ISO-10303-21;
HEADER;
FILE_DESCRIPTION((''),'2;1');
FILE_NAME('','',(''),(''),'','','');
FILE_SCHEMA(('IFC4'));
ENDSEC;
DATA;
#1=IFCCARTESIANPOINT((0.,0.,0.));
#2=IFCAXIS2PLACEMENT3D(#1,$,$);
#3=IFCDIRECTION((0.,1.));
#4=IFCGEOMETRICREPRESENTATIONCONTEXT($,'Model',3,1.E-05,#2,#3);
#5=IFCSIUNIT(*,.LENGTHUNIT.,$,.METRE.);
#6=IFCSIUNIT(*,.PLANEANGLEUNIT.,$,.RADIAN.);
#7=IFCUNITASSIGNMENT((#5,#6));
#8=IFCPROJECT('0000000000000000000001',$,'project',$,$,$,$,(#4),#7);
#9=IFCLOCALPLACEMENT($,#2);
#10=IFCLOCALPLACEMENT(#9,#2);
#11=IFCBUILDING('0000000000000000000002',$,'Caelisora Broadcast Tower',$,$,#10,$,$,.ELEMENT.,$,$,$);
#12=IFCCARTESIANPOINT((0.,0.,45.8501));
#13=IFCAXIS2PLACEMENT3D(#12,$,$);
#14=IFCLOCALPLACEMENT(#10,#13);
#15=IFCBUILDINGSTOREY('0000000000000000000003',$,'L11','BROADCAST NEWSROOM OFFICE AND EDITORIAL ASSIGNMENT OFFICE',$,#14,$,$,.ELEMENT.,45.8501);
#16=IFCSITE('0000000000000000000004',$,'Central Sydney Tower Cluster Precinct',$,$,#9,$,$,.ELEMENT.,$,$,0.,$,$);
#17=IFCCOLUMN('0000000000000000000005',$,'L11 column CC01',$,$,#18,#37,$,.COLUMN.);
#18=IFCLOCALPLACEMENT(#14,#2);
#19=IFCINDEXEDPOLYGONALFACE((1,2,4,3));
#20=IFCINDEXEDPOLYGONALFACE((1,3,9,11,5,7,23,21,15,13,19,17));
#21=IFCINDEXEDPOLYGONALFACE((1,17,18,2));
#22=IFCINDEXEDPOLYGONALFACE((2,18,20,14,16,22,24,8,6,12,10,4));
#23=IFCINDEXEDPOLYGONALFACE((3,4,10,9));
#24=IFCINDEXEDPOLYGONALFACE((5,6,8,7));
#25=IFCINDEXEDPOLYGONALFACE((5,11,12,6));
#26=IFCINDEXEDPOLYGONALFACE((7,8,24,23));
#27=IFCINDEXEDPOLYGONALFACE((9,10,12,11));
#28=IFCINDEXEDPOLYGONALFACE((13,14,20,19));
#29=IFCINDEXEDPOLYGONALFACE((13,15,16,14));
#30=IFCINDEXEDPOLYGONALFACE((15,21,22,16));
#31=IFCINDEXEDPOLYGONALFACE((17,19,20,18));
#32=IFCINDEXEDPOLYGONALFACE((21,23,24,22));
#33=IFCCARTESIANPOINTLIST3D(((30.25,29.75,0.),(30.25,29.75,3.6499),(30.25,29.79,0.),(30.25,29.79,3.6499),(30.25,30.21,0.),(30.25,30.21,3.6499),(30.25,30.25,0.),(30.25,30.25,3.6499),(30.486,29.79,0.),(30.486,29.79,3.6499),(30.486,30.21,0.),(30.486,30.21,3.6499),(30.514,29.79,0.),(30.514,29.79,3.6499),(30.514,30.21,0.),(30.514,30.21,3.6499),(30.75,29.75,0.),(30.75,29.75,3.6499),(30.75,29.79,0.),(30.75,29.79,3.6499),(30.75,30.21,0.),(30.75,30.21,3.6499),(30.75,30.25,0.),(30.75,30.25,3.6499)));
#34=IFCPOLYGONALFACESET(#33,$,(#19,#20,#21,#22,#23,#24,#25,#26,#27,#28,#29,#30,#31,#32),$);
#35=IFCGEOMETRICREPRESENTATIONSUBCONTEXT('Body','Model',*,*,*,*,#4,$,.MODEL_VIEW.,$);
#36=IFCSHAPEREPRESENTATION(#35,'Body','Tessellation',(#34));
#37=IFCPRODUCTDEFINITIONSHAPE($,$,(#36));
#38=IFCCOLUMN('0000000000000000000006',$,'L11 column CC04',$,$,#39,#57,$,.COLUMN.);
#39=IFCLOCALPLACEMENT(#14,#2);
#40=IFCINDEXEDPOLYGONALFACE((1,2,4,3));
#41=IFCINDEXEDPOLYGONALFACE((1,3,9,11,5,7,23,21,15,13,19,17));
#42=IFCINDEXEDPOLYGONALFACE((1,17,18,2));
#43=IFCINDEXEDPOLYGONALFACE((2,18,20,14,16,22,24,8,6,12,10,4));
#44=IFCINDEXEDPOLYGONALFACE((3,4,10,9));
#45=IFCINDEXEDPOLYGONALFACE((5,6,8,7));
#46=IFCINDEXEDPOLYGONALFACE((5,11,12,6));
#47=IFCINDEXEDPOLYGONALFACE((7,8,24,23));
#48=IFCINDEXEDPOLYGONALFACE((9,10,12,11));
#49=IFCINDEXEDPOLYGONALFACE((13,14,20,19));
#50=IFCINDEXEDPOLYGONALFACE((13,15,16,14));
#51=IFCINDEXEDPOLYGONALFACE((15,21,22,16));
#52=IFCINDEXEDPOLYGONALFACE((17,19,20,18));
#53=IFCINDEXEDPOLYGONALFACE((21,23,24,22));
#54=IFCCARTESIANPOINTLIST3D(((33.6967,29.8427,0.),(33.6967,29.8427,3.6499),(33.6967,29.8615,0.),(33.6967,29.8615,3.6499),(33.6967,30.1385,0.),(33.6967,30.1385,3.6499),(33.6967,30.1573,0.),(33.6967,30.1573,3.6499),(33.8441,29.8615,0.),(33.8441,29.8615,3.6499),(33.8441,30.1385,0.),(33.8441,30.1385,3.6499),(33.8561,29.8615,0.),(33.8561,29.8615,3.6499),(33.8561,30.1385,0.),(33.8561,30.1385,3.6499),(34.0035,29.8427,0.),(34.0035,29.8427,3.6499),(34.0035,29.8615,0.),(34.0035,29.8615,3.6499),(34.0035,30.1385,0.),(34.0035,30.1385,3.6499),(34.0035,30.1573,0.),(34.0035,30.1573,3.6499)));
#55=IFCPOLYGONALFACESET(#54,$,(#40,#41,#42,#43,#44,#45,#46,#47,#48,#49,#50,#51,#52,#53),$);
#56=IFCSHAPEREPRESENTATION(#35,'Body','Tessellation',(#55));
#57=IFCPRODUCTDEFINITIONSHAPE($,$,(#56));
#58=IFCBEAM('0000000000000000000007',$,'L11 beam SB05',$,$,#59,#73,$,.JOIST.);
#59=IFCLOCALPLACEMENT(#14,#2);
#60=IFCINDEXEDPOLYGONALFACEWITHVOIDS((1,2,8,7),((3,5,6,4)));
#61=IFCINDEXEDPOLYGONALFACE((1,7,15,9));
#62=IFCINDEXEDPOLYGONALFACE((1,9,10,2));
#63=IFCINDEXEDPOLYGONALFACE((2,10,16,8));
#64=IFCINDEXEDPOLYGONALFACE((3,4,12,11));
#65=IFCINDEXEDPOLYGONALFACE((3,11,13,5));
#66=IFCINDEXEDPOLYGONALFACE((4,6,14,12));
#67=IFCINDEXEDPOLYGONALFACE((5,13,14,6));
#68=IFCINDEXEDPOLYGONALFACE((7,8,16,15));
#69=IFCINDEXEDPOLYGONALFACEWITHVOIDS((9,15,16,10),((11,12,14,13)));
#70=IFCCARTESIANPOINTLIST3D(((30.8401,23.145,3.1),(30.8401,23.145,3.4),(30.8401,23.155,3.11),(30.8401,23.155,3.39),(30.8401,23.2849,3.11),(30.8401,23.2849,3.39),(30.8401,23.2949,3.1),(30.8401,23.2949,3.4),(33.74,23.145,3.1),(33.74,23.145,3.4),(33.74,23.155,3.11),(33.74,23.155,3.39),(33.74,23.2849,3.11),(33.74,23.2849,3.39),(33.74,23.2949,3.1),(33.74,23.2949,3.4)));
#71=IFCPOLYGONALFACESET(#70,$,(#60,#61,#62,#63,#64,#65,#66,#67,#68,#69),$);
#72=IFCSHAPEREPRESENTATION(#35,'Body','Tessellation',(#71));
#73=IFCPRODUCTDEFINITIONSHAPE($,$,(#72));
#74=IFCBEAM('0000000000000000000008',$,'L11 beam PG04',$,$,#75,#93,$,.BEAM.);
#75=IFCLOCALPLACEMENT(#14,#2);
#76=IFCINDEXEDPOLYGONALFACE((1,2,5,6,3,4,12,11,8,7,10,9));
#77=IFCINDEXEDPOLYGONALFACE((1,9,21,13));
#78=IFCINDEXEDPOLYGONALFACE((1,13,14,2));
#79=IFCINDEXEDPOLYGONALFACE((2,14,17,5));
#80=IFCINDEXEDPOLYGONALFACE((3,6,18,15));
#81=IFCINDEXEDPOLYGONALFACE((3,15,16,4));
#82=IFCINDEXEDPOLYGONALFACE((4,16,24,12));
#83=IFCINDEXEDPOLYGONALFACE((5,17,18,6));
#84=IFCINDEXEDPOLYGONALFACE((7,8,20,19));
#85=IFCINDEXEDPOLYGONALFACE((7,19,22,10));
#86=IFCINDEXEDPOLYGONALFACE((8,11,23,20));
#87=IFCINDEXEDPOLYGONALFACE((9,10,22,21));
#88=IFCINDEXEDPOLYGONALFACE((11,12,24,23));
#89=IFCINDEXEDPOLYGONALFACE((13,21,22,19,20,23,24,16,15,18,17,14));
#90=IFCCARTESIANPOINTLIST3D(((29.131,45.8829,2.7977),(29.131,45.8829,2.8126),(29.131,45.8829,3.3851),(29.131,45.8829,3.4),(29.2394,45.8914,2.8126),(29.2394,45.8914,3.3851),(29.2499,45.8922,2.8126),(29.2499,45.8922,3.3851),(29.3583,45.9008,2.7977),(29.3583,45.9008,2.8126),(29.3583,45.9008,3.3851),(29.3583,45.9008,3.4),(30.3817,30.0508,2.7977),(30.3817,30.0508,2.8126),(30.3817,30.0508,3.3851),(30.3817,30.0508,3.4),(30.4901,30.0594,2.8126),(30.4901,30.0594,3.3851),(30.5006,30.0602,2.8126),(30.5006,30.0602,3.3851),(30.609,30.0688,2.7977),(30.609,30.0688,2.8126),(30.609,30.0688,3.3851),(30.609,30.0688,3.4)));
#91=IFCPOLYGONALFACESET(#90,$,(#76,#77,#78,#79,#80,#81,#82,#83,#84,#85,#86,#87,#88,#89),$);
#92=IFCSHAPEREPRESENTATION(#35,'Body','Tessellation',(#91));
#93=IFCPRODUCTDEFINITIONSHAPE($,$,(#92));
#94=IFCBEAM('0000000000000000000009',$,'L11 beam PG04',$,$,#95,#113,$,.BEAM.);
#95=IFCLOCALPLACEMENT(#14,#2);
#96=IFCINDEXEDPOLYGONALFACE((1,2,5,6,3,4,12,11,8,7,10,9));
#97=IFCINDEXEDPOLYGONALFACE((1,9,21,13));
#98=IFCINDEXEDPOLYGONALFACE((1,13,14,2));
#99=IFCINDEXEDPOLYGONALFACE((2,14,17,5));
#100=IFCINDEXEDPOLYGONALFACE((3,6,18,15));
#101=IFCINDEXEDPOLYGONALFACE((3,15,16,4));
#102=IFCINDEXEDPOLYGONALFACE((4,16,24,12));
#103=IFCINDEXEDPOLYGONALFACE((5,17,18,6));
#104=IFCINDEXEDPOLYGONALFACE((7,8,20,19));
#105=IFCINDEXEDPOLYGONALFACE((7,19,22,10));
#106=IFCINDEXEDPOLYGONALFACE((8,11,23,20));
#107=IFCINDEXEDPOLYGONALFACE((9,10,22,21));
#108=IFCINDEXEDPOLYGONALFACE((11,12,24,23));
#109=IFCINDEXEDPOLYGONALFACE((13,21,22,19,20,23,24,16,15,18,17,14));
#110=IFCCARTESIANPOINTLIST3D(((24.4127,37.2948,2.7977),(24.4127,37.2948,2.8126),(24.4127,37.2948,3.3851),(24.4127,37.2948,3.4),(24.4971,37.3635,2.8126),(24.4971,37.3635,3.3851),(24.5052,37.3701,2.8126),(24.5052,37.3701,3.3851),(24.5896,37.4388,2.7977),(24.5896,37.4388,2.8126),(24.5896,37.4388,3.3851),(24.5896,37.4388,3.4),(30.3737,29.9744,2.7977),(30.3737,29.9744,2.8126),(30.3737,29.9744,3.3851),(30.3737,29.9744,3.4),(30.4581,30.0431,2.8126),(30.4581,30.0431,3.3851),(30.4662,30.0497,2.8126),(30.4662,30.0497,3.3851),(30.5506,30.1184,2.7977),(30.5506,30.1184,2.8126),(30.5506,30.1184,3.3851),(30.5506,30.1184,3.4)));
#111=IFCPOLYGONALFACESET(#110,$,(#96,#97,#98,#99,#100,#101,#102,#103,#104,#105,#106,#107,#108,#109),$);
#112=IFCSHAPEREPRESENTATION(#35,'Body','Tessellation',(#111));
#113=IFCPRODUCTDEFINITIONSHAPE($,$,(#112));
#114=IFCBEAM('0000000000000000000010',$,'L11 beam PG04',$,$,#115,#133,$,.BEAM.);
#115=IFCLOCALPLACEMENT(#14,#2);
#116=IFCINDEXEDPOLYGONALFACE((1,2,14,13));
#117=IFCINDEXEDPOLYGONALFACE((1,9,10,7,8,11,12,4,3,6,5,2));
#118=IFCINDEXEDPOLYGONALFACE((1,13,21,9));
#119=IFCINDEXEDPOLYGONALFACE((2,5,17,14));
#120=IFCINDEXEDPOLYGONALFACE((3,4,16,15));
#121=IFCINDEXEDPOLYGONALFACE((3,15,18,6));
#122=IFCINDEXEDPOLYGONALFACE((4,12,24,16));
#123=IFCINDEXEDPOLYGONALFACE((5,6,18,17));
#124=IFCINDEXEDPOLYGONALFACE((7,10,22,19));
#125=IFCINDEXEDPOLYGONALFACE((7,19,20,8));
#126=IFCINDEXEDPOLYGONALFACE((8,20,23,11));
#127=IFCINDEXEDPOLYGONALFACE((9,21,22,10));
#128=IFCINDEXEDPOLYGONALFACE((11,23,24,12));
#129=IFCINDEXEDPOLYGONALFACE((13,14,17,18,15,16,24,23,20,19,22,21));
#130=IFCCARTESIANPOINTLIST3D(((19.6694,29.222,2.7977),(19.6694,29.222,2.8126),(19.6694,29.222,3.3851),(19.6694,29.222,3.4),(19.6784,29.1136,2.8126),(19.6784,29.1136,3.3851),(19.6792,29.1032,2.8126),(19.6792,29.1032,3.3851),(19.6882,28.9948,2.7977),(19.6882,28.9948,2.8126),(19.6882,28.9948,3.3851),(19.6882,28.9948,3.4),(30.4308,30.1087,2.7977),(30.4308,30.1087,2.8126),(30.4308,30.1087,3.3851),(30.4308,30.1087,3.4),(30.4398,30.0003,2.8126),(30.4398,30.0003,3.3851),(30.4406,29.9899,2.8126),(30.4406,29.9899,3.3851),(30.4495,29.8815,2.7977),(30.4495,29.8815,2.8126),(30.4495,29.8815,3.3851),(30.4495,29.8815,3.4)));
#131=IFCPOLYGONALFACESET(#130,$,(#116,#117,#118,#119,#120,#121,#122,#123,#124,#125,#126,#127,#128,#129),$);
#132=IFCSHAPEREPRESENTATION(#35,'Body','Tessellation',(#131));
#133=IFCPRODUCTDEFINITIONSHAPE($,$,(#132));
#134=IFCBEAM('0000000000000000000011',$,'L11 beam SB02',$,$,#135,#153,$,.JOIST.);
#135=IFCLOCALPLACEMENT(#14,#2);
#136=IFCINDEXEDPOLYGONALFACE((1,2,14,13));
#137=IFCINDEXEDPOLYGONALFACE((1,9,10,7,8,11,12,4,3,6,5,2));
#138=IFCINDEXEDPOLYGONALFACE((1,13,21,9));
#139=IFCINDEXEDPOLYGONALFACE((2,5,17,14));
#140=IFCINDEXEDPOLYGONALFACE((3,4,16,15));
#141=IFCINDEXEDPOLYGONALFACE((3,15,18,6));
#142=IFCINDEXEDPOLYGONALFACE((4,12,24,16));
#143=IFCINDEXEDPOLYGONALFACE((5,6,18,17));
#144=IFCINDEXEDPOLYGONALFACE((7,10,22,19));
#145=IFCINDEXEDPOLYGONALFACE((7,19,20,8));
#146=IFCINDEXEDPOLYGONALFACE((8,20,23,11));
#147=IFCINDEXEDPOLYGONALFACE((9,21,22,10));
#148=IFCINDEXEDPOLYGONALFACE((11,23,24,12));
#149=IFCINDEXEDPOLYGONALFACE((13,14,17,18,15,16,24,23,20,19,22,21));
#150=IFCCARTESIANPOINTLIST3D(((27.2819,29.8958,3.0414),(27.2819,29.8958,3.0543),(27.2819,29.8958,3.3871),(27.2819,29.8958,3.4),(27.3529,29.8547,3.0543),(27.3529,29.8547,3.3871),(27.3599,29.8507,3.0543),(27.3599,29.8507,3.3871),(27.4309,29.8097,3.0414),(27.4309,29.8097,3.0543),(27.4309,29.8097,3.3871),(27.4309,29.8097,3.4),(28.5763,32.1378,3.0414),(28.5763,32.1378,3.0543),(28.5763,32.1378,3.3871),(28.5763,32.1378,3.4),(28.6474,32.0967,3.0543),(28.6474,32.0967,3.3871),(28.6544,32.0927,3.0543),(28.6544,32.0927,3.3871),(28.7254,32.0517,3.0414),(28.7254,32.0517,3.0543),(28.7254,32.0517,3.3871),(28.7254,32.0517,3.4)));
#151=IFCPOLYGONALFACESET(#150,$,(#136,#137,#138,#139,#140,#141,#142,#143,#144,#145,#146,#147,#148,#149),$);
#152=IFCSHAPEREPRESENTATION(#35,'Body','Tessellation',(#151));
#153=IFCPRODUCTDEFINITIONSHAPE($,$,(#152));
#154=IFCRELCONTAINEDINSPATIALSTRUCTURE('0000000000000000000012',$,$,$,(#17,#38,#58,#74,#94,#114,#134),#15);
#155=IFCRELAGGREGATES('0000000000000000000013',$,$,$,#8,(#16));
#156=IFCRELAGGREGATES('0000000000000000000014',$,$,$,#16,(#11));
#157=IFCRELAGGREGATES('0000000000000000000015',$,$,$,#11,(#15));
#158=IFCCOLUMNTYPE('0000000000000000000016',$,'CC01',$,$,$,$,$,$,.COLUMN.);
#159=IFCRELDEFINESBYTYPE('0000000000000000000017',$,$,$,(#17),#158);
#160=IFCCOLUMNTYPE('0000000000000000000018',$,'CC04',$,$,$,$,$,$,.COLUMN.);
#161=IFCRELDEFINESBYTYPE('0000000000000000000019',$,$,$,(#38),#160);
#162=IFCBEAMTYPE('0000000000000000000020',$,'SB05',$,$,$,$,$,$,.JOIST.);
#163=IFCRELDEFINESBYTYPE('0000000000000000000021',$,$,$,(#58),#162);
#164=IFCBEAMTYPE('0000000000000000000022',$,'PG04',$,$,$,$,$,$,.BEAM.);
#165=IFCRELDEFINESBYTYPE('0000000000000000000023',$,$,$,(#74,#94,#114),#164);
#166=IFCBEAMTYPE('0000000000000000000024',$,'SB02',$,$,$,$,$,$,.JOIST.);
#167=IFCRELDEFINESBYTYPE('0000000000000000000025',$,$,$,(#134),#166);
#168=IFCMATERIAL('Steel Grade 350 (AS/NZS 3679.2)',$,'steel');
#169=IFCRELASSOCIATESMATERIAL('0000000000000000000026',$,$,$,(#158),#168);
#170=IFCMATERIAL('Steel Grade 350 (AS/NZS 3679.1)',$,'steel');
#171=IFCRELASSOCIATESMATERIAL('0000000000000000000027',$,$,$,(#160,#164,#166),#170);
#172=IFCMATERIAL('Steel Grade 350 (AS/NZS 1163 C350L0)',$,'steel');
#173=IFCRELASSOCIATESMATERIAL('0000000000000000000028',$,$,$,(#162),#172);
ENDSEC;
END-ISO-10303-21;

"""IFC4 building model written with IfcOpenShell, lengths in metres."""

from ifc_helpers import new_model, si_unit, direction, frame, origin, origin_2d, place, context, subcontext, project, spatial, hollow_rectangle, i_section, extrude, source, transform, mapped, material, material_profile, profile_set, type_object, type_shapes, element, save


model = new_model("IFC4")

# Units and contexts
model_context = context("Model", 3, precision=1e-05, world=origin(), true_north=direction((0.0, 1.0)))
body_context = subcontext(model_context, "Body", "Model", "MODEL_VIEW")
ifc_project = project(units=[si_unit("LENGTHUNIT", "METRE"), si_unit("PLANEANGLEUNIT", "RADIAN")], contexts=[model_context])

# Site, building, storey
site_placement = place(None, origin())
site = spatial("IfcSite", under=ifc_project, at=site_placement, Name="Central Sydney Tower Cluster Precinct", CompositionType="ELEMENT", RefElevation=0.0)
building_placement = place(site_placement, origin())
building = spatial("IfcBuilding", under=site, at=building_placement, Name="Caelisora Broadcast Tower", CompositionType="ELEMENT")
storey_placement = place(building_placement, frame((0.0, 0.0, 45.8501)))
storey = spatial("IfcBuildingStorey", under=building, at=storey_placement, Name="L11", Description="BROADCAST NEWSROOM OFFICE AND EDITORIAL ASSIGNMENT OFFICE", CompositionType="ELEMENT", Elevation=45.8501)

# Columns
ifc_material_1 = material(Name="Steel Grade 350 (AS/NZS 3679.2)", Category="steel")
ifc_material_profile_1 = material_profile(ifc_material_1, i_section(OverallWidth=0.5, OverallDepth=0.5, WebThickness=0.0281, FlangeThickness=0.04, at=origin_2d()), Name="Steel Grade 350 (AS/NZS 3679.2)")
ifc_profile_set_1 = profile_set([ifc_material_profile_1], Name="Steel Grade 350 (AS/NZS 3679.2)")
column_type_1 = type_object("IfcColumnType", Name="CC01", PredefinedType="COLUMN", material=ifc_profile_set_1)
shared_shape_1 = source(origin(), body_context, "Body", "SweptSolid", [
    extrude(i_section(OverallWidth=0.5, OverallDepth=0.5, WebThickness=0.0281, FlangeThickness=0.04, at=origin_2d()), origin(), (0.0, 0.0, 1.0), 3.6499),
])
type_shapes(column_type_1, [shared_shape_1])
column_1_placement = place(storey_placement, frame((30.5, 30.0, 0.0), z_axis=(0.0, 0.0, 1.0), x_axis=(1.0, 0.0, 0.0)))
element("IfcColumn", 1, at=column_1_placement, inside=storey, type_object=column_type_1, Name="L11 column CC01", PredefinedType="COLUMN", context=body_context, shape_type="MappedRepresentation", body=[
    mapped(shared_shape_1, transform((0.0, 0.0, 0.0), scale=1.0)),
])
ifc_material_2 = material(Name="Steel Grade 350 (AS/NZS 3679.1)", Category="steel")
ifc_material_profile_2 = material_profile(ifc_material_2, i_section(OverallWidth=0.3069, OverallDepth=0.3147, WebThickness=0.012, FlangeThickness=0.0188, at=origin_2d()), Name="Steel Grade 350 (AS/NZS 3679.1)")
ifc_profile_set_2 = profile_set([ifc_material_profile_2], Name="Steel Grade 350 (AS/NZS 3679.1)")
column_type_2 = type_object("IfcColumnType", Name="CC04", PredefinedType="COLUMN", material=ifc_profile_set_2)
shared_shape_2 = source(origin(), body_context, "Body", "SweptSolid", [
    extrude(i_section(OverallWidth=0.3069, OverallDepth=0.3147, WebThickness=0.012, FlangeThickness=0.0188, at=origin_2d()), origin(), (0.0, 0.0, 1.0), 3.6499),
])
type_shapes(column_type_2, [shared_shape_2])
column_2_placement = place(storey_placement, frame((33.8501, 30.0, 0.0), z_axis=(0.0, 0.0, 1.0), x_axis=(1.0, 0.0, 0.0)))
element("IfcColumn", 2, at=column_2_placement, inside=storey, type_object=column_type_2, Name="L11 column CC04", PredefinedType="COLUMN", context=body_context, shape_type="MappedRepresentation", body=[
    mapped(shared_shape_2, transform((0.0, 0.0, 0.0), scale=1.0)),
])

# Beams
ifc_material_3 = material(Name="Steel Grade 350 (AS/NZS 1163 C350L0)", Category="steel")
ifc_material_profile_3 = material_profile(ifc_material_3, hollow_rectangle(XDim=0.1499, YDim=0.3, WallThickness=0.01, at=origin_2d()), Name="Steel Grade 350 (AS/NZS 1163 C350L0)")
ifc_profile_set_3 = profile_set([ifc_material_profile_3], Name="Steel Grade 350 (AS/NZS 1163 C350L0)")
beam_type_1 = type_object("IfcBeamType", Name="SB05", PredefinedType="JOIST", material=ifc_profile_set_3)
shared_shape_3 = source(origin(), body_context, "Body", "SweptSolid", [
    extrude(hollow_rectangle(XDim=0.1499, YDim=0.3, WallThickness=0.01, at=origin_2d()), origin(), (0.0, 0.0, 1.0), 2.8999),
])
type_shapes(beam_type_1, [shared_shape_3])
beam_1_placement = place(storey_placement, frame((30.8401, 23.22, 3.25), z_axis=(1.0, 0.0, 0.0), x_axis=(0.0, 1.0, 0.0)))
element("IfcBeam", 3, at=beam_1_placement, inside=storey, type_object=beam_type_1, Name="L11 beam SB05", PredefinedType="JOIST", context=body_context, shape_type="MappedRepresentation", body=[
    mapped(shared_shape_3, transform((0.0, 0.0, 0.0), scale=1.0)),
])
ifc_material_profile_4 = material_profile(ifc_material_2, i_section(OverallWidth=0.228, OverallDepth=0.6023, WebThickness=0.0105, FlangeThickness=0.0149, at=origin_2d()), Name="Steel Grade 350 (AS/NZS 3679.1)")
ifc_profile_set_4 = profile_set([ifc_material_profile_4], Name="Steel Grade 350 (AS/NZS 3679.1)")
beam_type_2 = type_object("IfcBeamType", Name="PG04", PredefinedType="BEAM", material=ifc_profile_set_4)
shared_shape_4 = source(origin(), body_context, "Body", "SweptSolid", [
    extrude(i_section(OverallWidth=0.228, OverallDepth=0.6023, WebThickness=0.0105, FlangeThickness=0.0149, at=origin_2d()), origin(), (0.0, 0.0, 1.0), 15.8813),
])
beam_2_placement = place(storey_placement, frame((30.4954, 30.0598, 3.0989), z_axis=(-0.078755, 0.996894, 0.0), x_axis=(-0.996894, -0.078755, 0.0)))
element("IfcBeam", 4, at=beam_2_placement, inside=storey, type_object=beam_type_2, Name="L11 beam PG04", PredefinedType="BEAM", context=body_context, shape_type="MappedRepresentation", body=[
    mapped(shared_shape_4, transform((0.0, 0.0, 0.0), scale=1.0)),
])
shared_shape_5 = source(origin(), body_context, "Body", "SweptSolid", [
    extrude(i_section(OverallWidth=0.228, OverallDepth=0.6023, WebThickness=0.0105, FlangeThickness=0.0149, at=origin_2d()), origin(), (0.0, 0.0, 1.0), 9.4404),
])
beam_3_placement = place(storey_placement, frame((30.4622, 30.0464, 3.0989), z_axis=(-0.631433, 0.77543, 0.0), x_axis=(-0.77543, -0.631433, 0.0)))
element("IfcBeam", 5, at=beam_3_placement, inside=storey, type_object=beam_type_2, Name="L11 beam PG04", PredefinedType="BEAM", context=body_context, shape_type="MappedRepresentation", body=[
    mapped(shared_shape_5, transform((0.0, 0.0, 0.0), scale=1.0)),
])
shared_shape_6 = source(origin(), body_context, "Body", "SweptSolid", [
    extrude(i_section(OverallWidth=0.228, OverallDepth=0.6023, WebThickness=0.0105, FlangeThickness=0.0149, at=origin_2d()), origin(), (0.0, 0.0, 1.0), 10.7979),
])
type_shapes(beam_type_2, [shared_shape_4, shared_shape_5, shared_shape_6])
beam_4_placement = place(storey_placement, frame((30.4402, 29.9951, 3.0989), z_axis=(-0.996623, -0.082119, 0.0), x_axis=(0.082119, -0.996623, 0.0)))
element("IfcBeam", 6, at=beam_4_placement, inside=storey, type_object=beam_type_2, Name="L11 beam PG04", PredefinedType="BEAM", context=body_context, shape_type="MappedRepresentation", body=[
    mapped(shared_shape_6, transform((0.0, 0.0, 0.0), scale=1.0)),
])
ifc_material_profile_5 = material_profile(ifc_material_2, i_section(OverallWidth=0.1721, OverallDepth=0.3586, WebThickness=0.0081, FlangeThickness=0.0129, at=origin_2d()), Name="Steel Grade 350 (AS/NZS 3679.1)")
ifc_profile_set_5 = profile_set([ifc_material_profile_5], Name="Steel Grade 350 (AS/NZS 3679.1)")
beam_type_3 = type_object("IfcBeamType", Name="SB02", PredefinedType="JOIST", material=ifc_profile_set_5)
shared_shape_7 = source(origin(), body_context, "Body", "SweptSolid", [
    extrude(i_section(OverallWidth=0.1721, OverallDepth=0.3586, WebThickness=0.0081, FlangeThickness=0.0129, at=origin_2d()), origin(), (0.0, 0.0, 1.0), 2.5889),
])
beam_5_placement = place(storey_placement, frame((28.6509, 32.0947, 3.2207), z_axis=(-0.500014, -0.866018, 0.0), x_axis=(0.866018, -0.500014, 0.0)))
element("IfcBeam", 7, at=beam_5_placement, inside=storey, type_object=beam_type_3, Name="L11 beam SB02", PredefinedType="JOIST", context=body_context, shape_type="MappedRepresentation", body=[
    mapped(shared_shape_7, transform((0.0, 0.0, 0.0), scale=1.0)),
])

save(model, "model.ifc")
